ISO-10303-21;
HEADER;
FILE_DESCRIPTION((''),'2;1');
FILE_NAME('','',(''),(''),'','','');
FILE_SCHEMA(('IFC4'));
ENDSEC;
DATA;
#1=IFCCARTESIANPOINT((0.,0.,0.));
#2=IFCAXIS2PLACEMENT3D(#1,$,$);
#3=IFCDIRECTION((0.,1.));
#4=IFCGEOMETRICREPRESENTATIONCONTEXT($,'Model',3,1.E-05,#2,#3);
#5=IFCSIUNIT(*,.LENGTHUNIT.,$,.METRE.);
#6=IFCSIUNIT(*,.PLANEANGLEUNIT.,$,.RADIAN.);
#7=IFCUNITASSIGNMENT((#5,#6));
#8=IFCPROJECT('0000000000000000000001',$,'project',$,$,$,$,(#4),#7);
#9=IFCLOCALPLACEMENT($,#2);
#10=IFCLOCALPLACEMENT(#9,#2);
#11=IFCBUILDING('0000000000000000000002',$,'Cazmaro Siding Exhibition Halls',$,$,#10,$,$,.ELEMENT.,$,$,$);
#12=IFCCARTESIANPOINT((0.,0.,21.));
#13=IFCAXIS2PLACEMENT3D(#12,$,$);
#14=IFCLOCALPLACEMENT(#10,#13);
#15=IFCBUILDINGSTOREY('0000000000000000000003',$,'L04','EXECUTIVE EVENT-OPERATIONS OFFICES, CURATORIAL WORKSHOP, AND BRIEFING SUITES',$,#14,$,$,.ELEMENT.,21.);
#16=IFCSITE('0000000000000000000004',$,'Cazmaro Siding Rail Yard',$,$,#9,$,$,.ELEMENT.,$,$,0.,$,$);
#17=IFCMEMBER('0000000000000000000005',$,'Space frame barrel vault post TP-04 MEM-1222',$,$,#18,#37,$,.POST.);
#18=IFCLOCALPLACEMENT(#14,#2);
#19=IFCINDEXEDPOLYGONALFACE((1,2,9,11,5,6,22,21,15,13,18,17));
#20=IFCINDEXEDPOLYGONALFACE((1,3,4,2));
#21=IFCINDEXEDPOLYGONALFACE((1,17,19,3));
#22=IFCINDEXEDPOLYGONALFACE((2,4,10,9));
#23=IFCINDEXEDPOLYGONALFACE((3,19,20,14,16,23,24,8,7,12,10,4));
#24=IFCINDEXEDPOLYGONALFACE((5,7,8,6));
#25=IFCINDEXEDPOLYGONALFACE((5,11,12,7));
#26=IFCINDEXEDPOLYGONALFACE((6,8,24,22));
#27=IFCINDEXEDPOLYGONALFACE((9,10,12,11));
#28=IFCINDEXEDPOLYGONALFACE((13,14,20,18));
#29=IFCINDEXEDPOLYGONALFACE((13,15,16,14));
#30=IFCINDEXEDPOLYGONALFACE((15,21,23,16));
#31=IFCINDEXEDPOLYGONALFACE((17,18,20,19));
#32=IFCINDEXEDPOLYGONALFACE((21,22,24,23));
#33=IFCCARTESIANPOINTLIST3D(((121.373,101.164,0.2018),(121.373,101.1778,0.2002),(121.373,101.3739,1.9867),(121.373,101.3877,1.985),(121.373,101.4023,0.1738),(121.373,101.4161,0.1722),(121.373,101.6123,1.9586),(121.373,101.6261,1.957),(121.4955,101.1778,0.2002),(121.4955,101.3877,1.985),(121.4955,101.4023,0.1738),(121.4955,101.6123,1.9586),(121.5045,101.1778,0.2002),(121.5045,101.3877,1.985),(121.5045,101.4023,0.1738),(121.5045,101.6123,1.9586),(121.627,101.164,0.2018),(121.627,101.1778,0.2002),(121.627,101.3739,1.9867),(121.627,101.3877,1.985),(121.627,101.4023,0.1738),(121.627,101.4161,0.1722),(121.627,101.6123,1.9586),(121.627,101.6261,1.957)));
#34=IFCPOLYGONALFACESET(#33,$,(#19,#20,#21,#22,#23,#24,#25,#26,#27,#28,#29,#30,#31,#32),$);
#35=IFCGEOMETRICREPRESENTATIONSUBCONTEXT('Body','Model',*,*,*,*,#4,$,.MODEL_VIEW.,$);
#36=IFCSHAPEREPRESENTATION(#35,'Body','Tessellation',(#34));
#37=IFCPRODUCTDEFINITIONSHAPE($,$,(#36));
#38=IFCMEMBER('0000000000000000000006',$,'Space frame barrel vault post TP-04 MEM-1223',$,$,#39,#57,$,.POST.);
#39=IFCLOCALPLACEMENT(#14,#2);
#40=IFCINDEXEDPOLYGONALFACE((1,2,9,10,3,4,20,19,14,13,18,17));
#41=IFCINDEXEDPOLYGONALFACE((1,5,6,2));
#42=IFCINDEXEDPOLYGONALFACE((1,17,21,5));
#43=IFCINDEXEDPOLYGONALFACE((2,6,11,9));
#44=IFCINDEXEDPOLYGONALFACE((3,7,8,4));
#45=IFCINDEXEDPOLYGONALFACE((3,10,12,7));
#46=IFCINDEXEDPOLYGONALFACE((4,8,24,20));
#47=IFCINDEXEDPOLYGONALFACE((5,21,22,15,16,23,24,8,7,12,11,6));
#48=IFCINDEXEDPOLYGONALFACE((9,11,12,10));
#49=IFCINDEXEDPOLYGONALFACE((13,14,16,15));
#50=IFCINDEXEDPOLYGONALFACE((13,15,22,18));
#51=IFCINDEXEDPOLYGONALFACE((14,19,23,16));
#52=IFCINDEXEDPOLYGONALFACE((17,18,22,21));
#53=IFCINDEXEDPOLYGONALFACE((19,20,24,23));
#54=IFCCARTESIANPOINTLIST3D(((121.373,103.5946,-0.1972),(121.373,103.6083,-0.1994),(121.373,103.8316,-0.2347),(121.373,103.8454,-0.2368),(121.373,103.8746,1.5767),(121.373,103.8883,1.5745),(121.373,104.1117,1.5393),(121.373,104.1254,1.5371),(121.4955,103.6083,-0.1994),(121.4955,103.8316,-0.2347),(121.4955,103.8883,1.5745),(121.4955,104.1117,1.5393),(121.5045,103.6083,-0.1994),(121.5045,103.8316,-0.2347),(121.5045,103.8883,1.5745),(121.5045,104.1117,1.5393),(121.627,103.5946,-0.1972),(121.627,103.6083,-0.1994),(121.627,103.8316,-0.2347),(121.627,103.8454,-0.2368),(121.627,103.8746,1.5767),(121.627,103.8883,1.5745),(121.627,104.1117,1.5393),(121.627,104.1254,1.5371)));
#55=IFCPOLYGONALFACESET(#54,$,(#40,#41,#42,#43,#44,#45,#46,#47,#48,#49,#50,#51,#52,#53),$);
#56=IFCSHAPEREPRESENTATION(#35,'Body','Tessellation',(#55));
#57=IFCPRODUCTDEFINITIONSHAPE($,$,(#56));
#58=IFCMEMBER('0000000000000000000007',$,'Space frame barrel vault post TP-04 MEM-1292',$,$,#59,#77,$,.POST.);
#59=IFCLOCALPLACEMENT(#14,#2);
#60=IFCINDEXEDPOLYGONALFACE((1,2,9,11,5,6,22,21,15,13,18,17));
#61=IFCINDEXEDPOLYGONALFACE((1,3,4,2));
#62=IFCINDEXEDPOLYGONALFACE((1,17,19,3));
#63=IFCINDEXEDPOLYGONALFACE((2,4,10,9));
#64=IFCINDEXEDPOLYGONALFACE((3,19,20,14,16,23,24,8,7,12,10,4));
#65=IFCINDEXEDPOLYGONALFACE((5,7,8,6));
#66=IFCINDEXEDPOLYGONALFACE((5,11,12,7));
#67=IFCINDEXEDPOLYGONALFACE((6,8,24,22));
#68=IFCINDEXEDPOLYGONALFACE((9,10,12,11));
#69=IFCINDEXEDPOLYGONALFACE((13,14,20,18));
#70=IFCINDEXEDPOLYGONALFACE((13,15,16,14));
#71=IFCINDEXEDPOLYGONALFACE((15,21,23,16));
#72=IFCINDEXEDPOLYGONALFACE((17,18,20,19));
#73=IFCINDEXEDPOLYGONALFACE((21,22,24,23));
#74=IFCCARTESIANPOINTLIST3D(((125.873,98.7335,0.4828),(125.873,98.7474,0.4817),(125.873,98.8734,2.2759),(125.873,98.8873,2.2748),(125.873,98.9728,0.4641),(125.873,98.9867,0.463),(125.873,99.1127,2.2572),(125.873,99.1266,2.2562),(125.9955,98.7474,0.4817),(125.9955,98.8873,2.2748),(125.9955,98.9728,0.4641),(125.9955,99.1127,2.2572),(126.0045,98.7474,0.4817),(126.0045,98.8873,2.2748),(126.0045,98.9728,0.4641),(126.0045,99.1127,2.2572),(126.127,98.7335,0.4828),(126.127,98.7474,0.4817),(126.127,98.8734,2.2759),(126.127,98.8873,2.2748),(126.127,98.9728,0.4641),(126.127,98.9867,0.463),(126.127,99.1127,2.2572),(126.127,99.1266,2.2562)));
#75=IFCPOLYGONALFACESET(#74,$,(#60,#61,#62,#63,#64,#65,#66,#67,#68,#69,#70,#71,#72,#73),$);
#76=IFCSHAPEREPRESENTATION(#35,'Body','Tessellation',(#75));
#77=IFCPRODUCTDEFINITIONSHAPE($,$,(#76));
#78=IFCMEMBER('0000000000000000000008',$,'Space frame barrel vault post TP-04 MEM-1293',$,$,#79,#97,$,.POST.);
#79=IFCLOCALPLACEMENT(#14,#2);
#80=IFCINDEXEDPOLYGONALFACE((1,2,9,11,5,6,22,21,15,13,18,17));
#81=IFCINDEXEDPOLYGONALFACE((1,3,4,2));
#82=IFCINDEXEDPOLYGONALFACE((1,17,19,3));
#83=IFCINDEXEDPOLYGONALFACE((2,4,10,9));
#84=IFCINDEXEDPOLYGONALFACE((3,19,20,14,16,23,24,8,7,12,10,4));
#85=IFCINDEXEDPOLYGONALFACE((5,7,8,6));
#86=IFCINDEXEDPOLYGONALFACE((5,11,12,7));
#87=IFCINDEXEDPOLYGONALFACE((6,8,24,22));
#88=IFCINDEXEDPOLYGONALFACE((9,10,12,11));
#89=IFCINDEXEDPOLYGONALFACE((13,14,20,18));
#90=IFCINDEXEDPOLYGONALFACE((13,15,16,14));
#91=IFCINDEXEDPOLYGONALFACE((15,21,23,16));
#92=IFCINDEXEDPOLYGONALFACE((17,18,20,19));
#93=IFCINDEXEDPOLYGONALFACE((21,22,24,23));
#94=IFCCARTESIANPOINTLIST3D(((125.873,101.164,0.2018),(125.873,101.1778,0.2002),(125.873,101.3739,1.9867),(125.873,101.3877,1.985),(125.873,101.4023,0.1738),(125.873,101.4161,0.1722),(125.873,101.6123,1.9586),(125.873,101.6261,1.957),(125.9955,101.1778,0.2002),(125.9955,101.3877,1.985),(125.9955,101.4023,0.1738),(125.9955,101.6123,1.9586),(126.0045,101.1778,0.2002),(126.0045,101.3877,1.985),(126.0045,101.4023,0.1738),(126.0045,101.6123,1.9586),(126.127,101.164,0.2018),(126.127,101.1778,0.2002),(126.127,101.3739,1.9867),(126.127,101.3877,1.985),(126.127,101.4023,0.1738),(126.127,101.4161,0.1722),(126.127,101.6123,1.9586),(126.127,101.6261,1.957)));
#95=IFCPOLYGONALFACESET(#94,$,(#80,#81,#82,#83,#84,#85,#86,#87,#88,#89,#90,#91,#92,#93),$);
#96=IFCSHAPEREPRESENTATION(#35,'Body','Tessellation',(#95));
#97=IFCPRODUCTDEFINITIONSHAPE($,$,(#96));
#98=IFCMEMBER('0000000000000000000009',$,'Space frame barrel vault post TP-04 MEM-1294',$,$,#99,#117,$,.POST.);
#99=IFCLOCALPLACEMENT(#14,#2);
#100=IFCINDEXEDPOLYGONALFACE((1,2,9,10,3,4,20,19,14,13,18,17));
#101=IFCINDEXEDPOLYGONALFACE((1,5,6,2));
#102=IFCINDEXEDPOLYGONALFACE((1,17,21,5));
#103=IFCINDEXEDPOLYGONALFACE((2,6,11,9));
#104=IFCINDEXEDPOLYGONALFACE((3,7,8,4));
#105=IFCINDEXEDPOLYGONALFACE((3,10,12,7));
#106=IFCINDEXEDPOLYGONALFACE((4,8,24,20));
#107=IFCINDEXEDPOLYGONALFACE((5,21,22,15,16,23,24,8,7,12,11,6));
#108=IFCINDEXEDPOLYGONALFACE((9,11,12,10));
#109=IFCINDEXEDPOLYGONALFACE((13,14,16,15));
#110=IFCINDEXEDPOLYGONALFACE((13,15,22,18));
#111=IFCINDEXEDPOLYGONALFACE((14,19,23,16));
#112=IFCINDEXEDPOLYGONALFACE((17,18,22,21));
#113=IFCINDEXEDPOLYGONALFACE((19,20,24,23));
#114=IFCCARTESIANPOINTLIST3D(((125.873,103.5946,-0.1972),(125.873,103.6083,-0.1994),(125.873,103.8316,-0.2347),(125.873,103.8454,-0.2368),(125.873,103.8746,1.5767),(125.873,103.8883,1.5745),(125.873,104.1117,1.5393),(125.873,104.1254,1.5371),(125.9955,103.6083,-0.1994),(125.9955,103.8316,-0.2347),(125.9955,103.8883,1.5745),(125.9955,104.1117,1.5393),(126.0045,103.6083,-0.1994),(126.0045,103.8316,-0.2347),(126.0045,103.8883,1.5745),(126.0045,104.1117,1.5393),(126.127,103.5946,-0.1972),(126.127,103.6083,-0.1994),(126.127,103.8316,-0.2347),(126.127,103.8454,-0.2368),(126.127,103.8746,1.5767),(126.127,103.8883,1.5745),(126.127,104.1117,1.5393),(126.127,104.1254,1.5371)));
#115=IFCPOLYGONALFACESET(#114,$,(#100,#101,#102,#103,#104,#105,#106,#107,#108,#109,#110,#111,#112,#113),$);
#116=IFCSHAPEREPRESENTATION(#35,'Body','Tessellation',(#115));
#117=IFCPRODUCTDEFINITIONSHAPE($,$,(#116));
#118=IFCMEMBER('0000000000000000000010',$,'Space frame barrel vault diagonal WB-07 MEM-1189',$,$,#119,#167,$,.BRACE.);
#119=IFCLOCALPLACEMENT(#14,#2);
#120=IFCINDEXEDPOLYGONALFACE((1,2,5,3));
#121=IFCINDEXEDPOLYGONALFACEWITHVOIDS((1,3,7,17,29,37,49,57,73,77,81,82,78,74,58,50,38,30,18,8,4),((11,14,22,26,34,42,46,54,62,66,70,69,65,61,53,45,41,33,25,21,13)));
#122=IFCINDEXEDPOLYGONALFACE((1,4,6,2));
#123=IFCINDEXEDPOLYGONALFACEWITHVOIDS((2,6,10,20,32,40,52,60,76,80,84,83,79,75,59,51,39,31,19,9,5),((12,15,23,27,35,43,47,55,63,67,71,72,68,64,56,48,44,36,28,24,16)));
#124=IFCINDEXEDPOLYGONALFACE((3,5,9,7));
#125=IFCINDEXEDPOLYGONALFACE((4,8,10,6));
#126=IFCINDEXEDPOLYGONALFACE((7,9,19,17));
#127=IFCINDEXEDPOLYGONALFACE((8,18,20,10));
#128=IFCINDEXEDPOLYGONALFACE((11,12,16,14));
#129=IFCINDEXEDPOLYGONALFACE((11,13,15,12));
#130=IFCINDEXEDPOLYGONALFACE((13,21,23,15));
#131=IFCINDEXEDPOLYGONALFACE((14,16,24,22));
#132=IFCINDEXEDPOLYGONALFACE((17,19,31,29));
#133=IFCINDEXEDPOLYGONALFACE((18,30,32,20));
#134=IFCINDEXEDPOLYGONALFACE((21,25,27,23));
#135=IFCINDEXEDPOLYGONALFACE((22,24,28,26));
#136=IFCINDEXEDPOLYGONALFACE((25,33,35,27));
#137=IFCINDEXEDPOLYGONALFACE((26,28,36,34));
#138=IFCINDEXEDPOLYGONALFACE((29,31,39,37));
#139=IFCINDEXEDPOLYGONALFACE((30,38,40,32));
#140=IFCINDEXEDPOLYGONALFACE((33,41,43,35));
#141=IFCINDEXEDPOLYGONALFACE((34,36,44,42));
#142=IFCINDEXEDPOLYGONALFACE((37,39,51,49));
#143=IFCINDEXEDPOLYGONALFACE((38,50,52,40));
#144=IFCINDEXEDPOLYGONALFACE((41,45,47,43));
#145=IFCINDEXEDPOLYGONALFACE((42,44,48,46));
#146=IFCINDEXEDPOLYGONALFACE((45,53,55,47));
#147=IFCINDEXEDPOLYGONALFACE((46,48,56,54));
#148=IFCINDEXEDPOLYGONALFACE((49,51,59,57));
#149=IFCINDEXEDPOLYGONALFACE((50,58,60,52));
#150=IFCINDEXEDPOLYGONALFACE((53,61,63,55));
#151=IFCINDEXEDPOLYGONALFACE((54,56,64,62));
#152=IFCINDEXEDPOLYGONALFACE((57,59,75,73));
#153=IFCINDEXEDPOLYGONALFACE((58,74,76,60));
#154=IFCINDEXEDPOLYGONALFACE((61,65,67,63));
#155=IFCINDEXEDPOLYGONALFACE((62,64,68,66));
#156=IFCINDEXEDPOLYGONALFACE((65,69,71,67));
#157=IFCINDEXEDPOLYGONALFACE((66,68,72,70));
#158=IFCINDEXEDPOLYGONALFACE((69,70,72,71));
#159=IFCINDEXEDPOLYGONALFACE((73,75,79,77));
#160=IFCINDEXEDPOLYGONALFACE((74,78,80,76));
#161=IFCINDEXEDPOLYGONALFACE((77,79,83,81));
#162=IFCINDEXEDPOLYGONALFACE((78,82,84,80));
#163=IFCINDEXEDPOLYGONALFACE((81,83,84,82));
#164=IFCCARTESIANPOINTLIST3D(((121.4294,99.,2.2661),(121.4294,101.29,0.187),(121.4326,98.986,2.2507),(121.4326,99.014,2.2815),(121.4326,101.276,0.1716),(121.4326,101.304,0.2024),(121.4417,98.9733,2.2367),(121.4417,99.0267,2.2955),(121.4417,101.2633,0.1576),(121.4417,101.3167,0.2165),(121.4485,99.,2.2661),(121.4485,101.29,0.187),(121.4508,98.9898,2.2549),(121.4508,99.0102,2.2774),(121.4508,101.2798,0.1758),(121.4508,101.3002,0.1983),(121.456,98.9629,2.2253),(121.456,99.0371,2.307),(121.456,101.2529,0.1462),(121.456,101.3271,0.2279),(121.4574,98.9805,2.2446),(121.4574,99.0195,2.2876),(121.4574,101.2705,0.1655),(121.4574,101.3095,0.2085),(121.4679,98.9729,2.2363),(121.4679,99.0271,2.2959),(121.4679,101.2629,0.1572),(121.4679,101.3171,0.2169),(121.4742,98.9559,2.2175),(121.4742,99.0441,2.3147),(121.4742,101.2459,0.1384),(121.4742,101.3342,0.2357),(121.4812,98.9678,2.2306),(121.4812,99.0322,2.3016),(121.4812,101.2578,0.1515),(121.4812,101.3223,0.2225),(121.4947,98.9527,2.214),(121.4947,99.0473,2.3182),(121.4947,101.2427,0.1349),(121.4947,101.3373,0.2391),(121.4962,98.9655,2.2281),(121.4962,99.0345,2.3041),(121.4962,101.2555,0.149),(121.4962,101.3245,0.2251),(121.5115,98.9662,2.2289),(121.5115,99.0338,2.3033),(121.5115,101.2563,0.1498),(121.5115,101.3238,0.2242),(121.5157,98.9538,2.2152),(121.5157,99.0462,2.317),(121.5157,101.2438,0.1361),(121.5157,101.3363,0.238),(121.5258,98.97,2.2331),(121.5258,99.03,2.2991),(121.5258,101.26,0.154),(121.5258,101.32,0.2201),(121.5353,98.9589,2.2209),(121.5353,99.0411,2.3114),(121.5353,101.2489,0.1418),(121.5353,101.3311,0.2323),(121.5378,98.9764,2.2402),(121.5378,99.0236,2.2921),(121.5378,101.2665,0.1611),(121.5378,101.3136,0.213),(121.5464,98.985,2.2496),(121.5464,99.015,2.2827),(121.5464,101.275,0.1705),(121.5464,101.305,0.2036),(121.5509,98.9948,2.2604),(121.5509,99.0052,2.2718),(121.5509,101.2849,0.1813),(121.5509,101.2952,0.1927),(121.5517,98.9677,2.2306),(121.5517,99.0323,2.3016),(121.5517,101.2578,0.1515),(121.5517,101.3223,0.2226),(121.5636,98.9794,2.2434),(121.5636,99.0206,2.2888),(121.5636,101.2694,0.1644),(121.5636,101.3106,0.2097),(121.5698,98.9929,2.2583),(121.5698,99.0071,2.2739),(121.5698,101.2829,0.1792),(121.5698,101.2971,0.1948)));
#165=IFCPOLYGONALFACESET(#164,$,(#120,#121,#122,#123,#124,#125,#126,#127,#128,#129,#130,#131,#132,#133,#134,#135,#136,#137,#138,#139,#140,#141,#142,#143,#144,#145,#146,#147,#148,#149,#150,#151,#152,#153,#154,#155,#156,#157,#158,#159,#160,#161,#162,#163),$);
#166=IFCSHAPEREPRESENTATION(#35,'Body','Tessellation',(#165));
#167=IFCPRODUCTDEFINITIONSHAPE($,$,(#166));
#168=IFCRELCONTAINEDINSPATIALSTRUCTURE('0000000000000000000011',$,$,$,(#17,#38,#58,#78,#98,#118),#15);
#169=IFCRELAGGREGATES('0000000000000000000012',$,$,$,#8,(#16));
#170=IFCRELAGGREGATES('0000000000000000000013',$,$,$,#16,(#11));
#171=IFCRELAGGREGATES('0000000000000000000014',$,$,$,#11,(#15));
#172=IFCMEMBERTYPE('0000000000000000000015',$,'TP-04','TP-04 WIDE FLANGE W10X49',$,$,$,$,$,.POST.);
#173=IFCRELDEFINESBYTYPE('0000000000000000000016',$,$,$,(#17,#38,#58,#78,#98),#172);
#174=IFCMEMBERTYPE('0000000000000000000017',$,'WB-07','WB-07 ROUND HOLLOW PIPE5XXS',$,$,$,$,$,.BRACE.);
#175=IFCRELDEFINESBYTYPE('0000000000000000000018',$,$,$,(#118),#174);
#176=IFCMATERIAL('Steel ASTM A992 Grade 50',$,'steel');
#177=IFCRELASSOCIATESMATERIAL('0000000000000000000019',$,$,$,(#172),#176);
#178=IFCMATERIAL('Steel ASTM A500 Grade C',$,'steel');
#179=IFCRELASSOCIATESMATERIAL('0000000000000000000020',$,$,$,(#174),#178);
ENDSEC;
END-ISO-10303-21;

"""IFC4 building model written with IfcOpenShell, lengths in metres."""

from ifc_helpers import new_model, si_unit, direction, frame, origin, origin_2d, place, context, subcontext, project, spatial, hollow_circle, i_section, extrude, material, material_profile, profile_set, type_object, element, save


model = new_model("IFC4")

# Units and contexts
model_context = context("Model", 3, precision=1e-05, world=origin(), true_north=direction((0.0, 1.0)))
body_context = subcontext(model_context, "Body", "Model", "MODEL_VIEW")
ifc_project = project(units=[si_unit("LENGTHUNIT", "METRE"), si_unit("PLANEANGLEUNIT", "RADIAN")], contexts=[model_context])

# Site, building, storey
site_placement = place(None, origin())
site = spatial("IfcSite", under=ifc_project, at=site_placement, Name="Cazmaro Siding Rail Yard", CompositionType="ELEMENT", RefElevation=0.0)
building_placement = place(site_placement, origin())
building = spatial("IfcBuilding", under=site, at=building_placement, Name="Cazmaro Siding Exhibition Halls", CompositionType="ELEMENT")
storey_placement = place(building_placement, frame((0.0, 0.0, 21.0)))
storey = spatial("IfcBuildingStorey", under=building, at=storey_placement, Name="L04", Description="EXECUTIVE EVENT-OPERATIONS OFFICES, CURATORIAL WORKSHOP, AND BRIEFING SUITES", CompositionType="ELEMENT", Elevation=21.0)

# Members
ifc_material_1 = material(Name="Steel ASTM A992 Grade 50", Category="steel")
ifc_material_profile_1 = material_profile(ifc_material_1, i_section(OverallWidth=0.2539, OverallDepth=0.2539, WebThickness=0.009, FlangeThickness=0.0139, at=origin_2d()), Name="W10X49")
ifc_profile_set_1 = profile_set([ifc_material_profile_1], Name="Steel ASTM A992 Grade 50")
member_type_1 = type_object("IfcMemberType", Name="TP-04", Description="TP-04 WIDE FLANGE W10X49", PredefinedType="POST", material=ifc_profile_set_1)
member_1_placement = place(storey_placement, frame((121.5, 101.29, 0.187), z_axis=(0.0, 0.116825, 0.993152), x_axis=(-1.0, 0.0, 0.0)))
element("IfcMember", 1, at=member_1_placement, inside=storey, type_object=member_type_1, Name="Space frame barrel vault post TP-04 MEM-1222", PredefinedType="POST", context=body_context, shape_type="SweptSolid", body=[
    extrude(i_section(OverallWidth=0.2539, OverallDepth=0.2539, WebThickness=0.009, FlangeThickness=0.0139, at=origin_2d()), origin(), (0.0, 0.0, 1.0), 1.7971),
])
member_2_placement = place(storey_placement, frame((121.5, 103.72, -0.217), z_axis=(0.0, 0.155928, 0.987768), x_axis=(-1.0, 0.0, 0.0)))
element("IfcMember", 2, at=member_2_placement, inside=storey, type_object=member_type_1, Name="Space frame barrel vault post TP-04 MEM-1223", PredefinedType="POST", context=body_context, shape_type="SweptSolid", body=[
    extrude(i_section(OverallWidth=0.2539, OverallDepth=0.2539, WebThickness=0.009, FlangeThickness=0.0139, at=origin_2d()), origin(), (0.0, 0.0, 1.0), 1.7959),
])
member_3_placement = place(storey_placement, frame((126.0, 98.8601, 0.4729), z_axis=(0.0, 0.077776, 0.996971), x_axis=(-1.0, 0.0, 0.0)))
element("IfcMember", 3, at=member_3_placement, inside=storey, type_object=member_type_1, Name="Space frame barrel vault post TP-04 MEM-1292", PredefinedType="POST", context=body_context, shape_type="SweptSolid", body=[
    extrude(i_section(OverallWidth=0.2539, OverallDepth=0.2539, WebThickness=0.009, FlangeThickness=0.0139, at=origin_2d()), origin(), (0.0, 0.0, 1.0), 1.7986),
])
member_4_placement = place(storey_placement, frame((126.0, 101.29, 0.187), z_axis=(0.0, 0.116825, 0.993152), x_axis=(-1.0, 0.0, 0.0)))
element("IfcMember", 4, at=member_4_placement, inside=storey, type_object=member_type_1, Name="Space frame barrel vault post TP-04 MEM-1293", PredefinedType="POST", context=body_context, shape_type="SweptSolid", body=[
    extrude(i_section(OverallWidth=0.2539, OverallDepth=0.2539, WebThickness=0.009, FlangeThickness=0.0139, at=origin_2d()), origin(), (0.0, 0.0, 1.0), 1.7971),
])
member_5_placement = place(storey_placement, frame((126.0, 103.72, -0.217), z_axis=(0.0, 0.155928, 0.987768), x_axis=(-1.0, 0.0, 0.0)))
element("IfcMember", 5, at=member_5_placement, inside=storey, type_object=member_type_1, Name="Space frame barrel vault post TP-04 MEM-1294", PredefinedType="POST", context=body_context, shape_type="SweptSolid", body=[
    extrude(i_section(OverallWidth=0.2539, OverallDepth=0.2539, WebThickness=0.009, FlangeThickness=0.0139, at=origin_2d()), origin(), (0.0, 0.0, 1.0), 1.7959),
])
ifc_material_2 = material(Name="Steel ASTM A500 Grade C", Category="steel")
ifc_material_profile_2 = material_profile(ifc_material_2, hollow_circle(Radius=0.0706, WallThickness=0.019, at=origin_2d()), Name="PIPE5XXS")
ifc_profile_set_2 = profile_set([ifc_material_profile_2], Name="Steel ASTM A500 Grade C")
member_type_2 = type_object("IfcMemberType", Name="WB-07", Description="WB-07 ROUND HOLLOW PIPE5XXS", PredefinedType="BRACE", material=ifc_profile_set_2)
for number, where, z_axis, x_axis, name in (
    (6, (121.5, 99.0, 2.2661), (0.0, 0.740383, -0.672185), (-1.0, 0.0, 0.0), "Space frame barrel vault diagonal WB-07 MEM-1189"),
):
    element("IfcMember", number, at=place(storey_placement, frame(where, z_axis=z_axis, x_axis=x_axis)), inside=storey, type_object=member_type_2, Name=name, PredefinedType="BRACE", context=body_context, shape_type="SweptSolid", body=[
        extrude(hollow_circle(Radius=0.0706, WallThickness=0.019, at=origin_2d()), origin(), (0.0, 0.0, 1.0), 3.093),
    ])

save(model, "model.ifc")
